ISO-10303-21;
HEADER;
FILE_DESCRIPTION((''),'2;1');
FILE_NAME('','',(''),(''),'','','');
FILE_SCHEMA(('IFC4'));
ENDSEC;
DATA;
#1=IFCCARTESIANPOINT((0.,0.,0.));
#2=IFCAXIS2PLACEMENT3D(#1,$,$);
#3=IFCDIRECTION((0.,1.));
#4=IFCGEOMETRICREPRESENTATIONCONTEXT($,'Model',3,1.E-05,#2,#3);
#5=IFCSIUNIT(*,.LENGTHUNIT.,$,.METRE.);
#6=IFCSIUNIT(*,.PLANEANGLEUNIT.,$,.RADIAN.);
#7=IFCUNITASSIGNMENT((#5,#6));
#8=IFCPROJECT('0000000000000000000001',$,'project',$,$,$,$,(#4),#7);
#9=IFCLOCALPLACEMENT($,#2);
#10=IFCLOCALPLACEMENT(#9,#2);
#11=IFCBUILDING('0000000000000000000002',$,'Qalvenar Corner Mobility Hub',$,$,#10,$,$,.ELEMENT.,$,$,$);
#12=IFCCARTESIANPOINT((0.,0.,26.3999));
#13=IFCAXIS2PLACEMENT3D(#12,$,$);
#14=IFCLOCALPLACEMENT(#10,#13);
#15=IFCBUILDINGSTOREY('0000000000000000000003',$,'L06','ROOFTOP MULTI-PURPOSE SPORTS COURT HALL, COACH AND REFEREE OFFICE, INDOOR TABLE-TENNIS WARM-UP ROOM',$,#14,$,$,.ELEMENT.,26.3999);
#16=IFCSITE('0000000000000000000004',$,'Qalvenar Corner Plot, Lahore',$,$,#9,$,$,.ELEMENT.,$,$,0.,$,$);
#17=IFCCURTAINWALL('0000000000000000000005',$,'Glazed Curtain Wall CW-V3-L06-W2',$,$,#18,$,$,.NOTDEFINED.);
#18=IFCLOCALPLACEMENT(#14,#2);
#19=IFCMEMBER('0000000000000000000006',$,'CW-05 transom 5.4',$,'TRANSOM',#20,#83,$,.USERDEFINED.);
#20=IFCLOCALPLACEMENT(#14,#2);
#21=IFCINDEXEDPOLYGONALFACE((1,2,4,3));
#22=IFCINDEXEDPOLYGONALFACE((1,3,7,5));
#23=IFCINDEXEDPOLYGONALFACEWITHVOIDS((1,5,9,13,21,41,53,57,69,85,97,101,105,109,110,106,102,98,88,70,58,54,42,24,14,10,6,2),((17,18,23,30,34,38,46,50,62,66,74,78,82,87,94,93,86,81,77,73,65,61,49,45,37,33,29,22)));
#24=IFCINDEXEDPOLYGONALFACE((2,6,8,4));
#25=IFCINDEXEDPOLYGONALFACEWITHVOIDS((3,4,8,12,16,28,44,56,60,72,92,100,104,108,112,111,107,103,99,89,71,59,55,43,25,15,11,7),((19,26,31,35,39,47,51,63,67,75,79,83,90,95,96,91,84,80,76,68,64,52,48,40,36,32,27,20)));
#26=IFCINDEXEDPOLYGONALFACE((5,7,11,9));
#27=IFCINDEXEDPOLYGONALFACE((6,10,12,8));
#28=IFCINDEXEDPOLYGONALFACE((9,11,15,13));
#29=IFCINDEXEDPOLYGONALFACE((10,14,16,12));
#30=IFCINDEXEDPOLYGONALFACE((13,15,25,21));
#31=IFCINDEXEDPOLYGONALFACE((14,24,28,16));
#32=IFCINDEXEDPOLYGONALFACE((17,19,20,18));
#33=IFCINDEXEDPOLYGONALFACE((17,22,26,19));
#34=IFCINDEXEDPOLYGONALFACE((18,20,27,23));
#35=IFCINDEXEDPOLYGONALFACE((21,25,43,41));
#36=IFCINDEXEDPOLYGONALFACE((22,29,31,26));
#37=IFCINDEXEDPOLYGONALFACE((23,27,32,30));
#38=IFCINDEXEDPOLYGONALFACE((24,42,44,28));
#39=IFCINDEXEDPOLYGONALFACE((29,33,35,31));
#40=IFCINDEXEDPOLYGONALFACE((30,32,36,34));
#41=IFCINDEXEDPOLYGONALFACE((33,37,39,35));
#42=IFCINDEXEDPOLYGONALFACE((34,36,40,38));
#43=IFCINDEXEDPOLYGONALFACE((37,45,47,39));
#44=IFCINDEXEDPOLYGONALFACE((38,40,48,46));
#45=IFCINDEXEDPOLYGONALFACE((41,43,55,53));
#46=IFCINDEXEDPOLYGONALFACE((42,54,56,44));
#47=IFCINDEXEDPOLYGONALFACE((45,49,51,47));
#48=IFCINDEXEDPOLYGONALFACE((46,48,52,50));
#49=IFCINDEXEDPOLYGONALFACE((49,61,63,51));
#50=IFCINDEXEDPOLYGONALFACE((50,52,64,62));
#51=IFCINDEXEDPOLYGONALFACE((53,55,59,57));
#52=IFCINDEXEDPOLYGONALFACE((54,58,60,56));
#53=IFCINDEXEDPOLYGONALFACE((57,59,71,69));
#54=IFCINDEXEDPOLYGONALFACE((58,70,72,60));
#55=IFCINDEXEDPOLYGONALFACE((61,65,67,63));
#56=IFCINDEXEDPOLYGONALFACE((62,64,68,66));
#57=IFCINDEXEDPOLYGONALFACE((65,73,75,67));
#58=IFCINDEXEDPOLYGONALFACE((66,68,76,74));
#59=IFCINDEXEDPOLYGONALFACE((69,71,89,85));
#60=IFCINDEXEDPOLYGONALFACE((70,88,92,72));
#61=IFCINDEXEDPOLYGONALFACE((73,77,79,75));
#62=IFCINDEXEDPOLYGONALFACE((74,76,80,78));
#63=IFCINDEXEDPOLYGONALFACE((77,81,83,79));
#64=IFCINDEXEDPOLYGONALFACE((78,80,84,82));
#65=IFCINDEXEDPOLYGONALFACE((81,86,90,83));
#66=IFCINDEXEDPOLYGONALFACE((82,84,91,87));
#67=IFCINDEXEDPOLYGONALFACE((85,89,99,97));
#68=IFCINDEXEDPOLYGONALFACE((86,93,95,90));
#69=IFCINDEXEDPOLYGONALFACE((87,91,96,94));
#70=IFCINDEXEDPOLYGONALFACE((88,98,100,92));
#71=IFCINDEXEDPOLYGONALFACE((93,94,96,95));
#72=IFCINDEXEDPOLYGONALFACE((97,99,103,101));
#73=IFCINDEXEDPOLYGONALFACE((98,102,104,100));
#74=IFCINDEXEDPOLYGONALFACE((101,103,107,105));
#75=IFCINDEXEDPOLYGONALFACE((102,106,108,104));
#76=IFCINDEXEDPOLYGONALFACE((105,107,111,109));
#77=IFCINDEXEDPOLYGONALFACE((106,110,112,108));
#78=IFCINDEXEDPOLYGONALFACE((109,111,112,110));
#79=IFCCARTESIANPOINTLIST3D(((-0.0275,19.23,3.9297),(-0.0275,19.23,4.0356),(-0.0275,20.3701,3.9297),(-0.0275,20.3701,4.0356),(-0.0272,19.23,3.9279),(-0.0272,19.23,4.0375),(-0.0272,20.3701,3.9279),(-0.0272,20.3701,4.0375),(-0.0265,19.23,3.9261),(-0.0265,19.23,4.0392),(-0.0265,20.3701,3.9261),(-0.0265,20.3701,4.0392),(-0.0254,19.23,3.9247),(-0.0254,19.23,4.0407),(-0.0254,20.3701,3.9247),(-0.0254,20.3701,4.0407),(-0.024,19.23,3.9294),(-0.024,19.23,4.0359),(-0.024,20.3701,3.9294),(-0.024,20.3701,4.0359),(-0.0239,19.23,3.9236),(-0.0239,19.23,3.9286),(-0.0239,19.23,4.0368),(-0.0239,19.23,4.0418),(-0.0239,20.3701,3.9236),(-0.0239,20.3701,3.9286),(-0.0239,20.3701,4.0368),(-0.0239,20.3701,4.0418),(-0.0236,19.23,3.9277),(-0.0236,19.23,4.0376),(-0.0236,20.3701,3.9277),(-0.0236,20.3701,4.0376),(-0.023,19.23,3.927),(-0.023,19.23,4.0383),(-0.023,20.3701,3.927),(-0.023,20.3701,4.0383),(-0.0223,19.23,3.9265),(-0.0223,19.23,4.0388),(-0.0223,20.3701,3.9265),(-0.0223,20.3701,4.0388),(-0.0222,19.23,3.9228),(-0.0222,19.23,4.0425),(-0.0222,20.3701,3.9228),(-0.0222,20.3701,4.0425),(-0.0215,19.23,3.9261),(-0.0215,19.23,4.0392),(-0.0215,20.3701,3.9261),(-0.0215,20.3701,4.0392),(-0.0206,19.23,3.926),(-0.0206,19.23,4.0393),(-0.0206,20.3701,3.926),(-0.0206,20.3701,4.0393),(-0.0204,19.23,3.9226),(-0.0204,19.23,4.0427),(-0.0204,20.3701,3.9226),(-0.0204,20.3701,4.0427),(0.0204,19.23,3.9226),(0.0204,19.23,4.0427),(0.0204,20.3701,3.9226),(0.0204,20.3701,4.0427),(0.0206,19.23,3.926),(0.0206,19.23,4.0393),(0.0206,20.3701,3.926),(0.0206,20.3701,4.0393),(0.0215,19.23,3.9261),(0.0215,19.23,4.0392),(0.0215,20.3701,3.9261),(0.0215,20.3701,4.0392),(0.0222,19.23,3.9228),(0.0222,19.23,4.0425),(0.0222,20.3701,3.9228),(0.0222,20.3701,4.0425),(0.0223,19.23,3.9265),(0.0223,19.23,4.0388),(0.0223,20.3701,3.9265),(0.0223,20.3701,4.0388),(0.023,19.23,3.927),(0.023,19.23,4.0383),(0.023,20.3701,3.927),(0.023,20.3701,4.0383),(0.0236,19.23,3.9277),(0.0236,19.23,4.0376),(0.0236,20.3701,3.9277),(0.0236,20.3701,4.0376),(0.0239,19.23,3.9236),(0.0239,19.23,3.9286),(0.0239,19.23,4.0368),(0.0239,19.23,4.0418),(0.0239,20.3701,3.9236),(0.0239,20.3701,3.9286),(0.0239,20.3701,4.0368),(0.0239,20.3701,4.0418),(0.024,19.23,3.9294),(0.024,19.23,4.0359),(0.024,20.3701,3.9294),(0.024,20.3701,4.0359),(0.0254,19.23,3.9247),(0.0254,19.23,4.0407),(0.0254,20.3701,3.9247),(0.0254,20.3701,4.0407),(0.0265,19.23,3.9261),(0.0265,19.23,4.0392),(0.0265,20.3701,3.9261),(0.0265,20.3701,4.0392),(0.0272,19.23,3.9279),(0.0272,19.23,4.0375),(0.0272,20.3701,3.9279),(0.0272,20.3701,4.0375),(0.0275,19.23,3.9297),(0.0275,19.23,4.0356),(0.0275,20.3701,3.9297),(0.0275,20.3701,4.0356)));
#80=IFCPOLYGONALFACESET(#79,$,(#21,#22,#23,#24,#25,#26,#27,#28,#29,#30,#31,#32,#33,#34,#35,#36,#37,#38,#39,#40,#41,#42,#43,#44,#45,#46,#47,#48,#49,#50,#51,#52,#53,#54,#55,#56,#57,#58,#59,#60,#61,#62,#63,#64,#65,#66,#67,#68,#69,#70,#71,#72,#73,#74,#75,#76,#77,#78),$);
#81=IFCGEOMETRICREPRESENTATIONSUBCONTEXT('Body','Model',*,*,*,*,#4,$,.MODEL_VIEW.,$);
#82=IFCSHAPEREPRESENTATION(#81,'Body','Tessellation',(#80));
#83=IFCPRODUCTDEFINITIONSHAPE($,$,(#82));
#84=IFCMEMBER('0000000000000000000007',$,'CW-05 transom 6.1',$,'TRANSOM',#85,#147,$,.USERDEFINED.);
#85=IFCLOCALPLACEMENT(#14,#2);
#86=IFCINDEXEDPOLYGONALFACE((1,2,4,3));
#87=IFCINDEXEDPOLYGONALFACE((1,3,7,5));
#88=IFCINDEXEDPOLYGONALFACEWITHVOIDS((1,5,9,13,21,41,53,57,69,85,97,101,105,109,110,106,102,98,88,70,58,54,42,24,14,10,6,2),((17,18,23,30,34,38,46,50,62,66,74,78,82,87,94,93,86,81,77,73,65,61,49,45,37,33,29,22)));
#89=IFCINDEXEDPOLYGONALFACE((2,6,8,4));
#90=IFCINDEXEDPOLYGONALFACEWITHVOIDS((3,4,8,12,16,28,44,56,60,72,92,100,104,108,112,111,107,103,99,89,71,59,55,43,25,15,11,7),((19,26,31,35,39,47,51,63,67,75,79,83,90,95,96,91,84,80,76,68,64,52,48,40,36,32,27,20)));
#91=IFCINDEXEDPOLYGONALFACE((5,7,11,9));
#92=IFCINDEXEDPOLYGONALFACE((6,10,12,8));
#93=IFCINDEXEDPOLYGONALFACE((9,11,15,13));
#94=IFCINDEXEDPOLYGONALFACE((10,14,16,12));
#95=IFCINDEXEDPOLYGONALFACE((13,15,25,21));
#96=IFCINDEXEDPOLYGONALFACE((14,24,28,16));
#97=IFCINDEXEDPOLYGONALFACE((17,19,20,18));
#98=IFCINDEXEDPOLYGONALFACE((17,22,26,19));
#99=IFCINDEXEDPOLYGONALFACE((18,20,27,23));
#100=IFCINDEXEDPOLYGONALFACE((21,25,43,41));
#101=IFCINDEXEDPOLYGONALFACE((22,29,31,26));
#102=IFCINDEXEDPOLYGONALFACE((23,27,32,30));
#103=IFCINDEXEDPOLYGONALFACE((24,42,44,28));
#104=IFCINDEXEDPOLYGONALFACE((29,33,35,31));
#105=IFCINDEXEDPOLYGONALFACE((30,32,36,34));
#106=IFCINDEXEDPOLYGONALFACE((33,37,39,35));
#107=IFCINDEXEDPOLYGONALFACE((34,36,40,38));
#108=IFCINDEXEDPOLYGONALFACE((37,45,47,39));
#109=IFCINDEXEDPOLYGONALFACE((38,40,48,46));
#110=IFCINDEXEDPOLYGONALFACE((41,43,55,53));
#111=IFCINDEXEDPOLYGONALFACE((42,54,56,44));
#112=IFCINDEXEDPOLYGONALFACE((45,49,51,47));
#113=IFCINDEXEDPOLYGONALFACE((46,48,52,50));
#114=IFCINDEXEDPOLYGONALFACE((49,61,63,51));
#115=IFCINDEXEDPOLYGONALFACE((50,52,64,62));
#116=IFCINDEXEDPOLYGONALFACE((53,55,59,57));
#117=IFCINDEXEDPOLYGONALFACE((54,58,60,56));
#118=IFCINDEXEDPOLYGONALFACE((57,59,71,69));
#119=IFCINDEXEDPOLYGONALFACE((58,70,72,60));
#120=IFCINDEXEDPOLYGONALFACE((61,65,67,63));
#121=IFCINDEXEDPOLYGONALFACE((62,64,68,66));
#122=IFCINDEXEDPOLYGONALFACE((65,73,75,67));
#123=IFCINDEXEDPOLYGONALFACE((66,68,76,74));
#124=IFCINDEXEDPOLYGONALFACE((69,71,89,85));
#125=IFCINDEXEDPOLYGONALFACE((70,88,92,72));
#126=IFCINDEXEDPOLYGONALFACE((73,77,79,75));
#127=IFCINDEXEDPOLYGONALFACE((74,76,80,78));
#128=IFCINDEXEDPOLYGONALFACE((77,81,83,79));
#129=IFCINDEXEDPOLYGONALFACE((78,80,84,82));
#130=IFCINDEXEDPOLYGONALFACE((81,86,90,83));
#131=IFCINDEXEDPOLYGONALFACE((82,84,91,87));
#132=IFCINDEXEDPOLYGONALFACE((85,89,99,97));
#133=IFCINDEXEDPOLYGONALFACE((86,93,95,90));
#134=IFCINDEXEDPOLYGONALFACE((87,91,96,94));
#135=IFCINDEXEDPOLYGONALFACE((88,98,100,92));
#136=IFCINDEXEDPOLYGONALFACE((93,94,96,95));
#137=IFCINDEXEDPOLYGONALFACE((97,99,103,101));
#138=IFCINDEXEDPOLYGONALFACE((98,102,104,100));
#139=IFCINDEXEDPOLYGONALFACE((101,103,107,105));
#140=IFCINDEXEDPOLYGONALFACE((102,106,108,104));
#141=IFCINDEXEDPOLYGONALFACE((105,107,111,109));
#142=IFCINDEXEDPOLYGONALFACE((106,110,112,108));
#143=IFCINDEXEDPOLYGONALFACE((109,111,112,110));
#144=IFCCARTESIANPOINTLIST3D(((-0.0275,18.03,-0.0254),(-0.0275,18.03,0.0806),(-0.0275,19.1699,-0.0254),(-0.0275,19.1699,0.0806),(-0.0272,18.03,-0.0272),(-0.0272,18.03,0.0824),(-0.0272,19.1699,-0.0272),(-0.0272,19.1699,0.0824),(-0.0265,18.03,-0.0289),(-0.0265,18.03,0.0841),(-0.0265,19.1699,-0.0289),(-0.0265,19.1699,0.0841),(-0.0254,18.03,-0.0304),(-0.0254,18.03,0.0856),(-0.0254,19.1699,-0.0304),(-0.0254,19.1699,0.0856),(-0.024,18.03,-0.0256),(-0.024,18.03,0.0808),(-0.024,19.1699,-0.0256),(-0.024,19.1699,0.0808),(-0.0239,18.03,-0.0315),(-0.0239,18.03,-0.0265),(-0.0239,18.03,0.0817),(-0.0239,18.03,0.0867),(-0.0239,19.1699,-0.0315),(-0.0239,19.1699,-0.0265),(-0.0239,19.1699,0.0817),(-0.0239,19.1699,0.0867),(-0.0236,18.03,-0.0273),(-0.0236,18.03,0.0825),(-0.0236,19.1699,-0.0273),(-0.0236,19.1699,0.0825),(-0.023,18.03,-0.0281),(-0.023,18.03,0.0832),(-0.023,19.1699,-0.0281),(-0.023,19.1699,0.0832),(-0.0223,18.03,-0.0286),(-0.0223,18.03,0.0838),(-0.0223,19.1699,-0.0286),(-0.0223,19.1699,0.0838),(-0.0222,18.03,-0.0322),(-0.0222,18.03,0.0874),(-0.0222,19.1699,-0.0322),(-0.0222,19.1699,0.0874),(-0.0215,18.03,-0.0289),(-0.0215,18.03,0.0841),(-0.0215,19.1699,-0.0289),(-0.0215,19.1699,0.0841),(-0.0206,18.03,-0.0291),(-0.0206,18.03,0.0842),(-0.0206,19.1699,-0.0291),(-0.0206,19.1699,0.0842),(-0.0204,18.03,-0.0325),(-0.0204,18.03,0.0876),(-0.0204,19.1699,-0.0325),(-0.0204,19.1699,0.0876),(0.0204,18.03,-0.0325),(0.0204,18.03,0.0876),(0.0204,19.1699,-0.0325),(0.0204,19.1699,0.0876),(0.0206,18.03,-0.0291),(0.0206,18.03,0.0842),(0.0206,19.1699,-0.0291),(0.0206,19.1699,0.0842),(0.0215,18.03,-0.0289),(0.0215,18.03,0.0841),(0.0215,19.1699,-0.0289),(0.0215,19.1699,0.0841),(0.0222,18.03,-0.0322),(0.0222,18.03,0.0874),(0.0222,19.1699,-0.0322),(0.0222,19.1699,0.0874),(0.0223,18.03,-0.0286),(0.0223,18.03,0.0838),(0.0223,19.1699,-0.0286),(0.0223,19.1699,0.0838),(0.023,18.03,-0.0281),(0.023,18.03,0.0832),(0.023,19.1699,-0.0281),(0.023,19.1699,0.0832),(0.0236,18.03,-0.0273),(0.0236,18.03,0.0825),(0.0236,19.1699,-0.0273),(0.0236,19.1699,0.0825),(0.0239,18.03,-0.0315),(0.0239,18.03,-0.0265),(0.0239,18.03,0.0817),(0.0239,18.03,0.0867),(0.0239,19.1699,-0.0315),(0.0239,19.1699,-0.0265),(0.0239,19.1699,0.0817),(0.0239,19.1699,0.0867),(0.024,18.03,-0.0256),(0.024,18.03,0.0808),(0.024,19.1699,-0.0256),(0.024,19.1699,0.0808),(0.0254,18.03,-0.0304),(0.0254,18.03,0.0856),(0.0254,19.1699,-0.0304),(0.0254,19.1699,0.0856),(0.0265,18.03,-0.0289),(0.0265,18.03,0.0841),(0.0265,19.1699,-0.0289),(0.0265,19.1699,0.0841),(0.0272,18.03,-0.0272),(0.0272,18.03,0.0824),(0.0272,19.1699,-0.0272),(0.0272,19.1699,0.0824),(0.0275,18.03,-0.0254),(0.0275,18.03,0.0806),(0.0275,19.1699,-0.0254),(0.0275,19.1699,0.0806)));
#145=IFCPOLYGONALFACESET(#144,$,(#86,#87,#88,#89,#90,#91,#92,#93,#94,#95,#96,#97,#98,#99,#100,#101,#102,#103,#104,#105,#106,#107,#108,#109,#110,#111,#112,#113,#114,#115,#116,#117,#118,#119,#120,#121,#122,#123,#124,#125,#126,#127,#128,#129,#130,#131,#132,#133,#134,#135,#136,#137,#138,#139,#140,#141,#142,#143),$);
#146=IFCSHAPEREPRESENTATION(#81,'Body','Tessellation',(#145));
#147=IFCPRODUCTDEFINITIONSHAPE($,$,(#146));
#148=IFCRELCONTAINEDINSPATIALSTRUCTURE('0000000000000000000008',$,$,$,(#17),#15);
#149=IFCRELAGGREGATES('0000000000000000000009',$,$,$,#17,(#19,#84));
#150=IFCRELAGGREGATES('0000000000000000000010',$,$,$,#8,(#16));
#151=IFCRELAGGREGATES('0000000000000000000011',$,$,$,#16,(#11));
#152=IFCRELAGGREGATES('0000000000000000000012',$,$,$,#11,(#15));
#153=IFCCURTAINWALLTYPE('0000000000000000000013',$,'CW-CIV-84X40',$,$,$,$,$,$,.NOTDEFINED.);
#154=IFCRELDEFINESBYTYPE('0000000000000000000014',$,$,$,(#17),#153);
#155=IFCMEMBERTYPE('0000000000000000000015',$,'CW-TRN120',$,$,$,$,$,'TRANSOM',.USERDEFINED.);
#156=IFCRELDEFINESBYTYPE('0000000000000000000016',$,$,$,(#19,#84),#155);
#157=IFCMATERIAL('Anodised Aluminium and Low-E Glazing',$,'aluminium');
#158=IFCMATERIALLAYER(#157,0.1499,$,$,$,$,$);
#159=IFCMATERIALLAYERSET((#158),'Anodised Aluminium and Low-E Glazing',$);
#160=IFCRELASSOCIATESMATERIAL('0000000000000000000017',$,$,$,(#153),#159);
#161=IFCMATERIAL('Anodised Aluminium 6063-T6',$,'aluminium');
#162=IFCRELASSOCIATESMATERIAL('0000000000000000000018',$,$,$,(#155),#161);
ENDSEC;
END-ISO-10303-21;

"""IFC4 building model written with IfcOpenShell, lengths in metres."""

from ifc_helpers import new_model, si_unit, direction, frame, origin, origin_2d, place, context, subcontext, project, spatial, hollow_rectangle, extrude, material, layer, layer_set, material_profile, profile_set, type_object, element, aggregate, save


model = new_model("IFC4")

# Units and contexts
model_context = context("Model", 3, precision=1e-05, world=origin(), true_north=direction((0.0, 1.0)))
body_context = subcontext(model_context, "Body", "Model", "MODEL_VIEW")
ifc_project = project(units=[si_unit("LENGTHUNIT", "METRE"), si_unit("PLANEANGLEUNIT", "RADIAN")], contexts=[model_context])

# Site, building, storey
site_placement = place(None, origin())
site = spatial("IfcSite", under=ifc_project, at=site_placement, Name="Qalvenar Corner Plot, Lahore", CompositionType="ELEMENT", RefElevation=0.0)
building_placement = place(site_placement, origin())
building = spatial("IfcBuilding", under=site, at=building_placement, Name="Qalvenar Corner Mobility Hub", CompositionType="ELEMENT")
storey_placement = place(building_placement, frame((0.0, 0.0, 26.3999)))
storey = spatial("IfcBuildingStorey", under=building, at=storey_placement, Name="L06", Description="ROOFTOP MULTI-PURPOSE SPORTS COURT HALL, COACH AND REFEREE OFFICE, INDOOR TABLE-TENNIS WARM-UP ROOM", CompositionType="ELEMENT", Elevation=26.3999)

# Curtain wall, members
ifc_material_1 = material(Name="Anodised Aluminium and Low-E Glazing", Category="aluminium")
ifc_layer_1 = layer(ifc_material_1, 0.1499)
ifc_layer_set_1 = layer_set([ifc_layer_1], Name="Anodised Aluminium and Low-E Glazing")
curtain_wall_type = type_object("IfcCurtainWallType", Name="CW-CIV-84X40", PredefinedType="NOTDEFINED", material=ifc_layer_set_1)
curtain_wall_placement = place(storey_placement, origin())
curtain_wall = element("IfcCurtainWall", 1, at=curtain_wall_placement, inside=storey, type_object=curtain_wall_type, Name="Glazed Curtain Wall CW-V3-L06-W2", PredefinedType="NOTDEFINED")
ifc_material_2 = material(Name="Anodised Aluminium 6063-T6", Category="aluminium")
ifc_material_profile_1 = material_profile(ifc_material_2, hollow_rectangle(XDim=0.0549, YDim=0.1201, WallThickness=0.0034, InnerFilletRadius=0.0034, OuterFilletRadius=0.0071, at=origin_2d()), Name="RHS120x55x3.5")
ifc_profile_set_1 = profile_set([ifc_material_profile_1], Name="Anodised Aluminium 6063-T6")
member_type_1 = type_object("IfcMemberType", Name="CW-TRN120", ElementType="TRANSOM", PredefinedType="USERDEFINED", material=ifc_profile_set_1)
member_1_placement = place(storey_placement, frame((0.0, 20.3701, 3.9827), z_axis=(0.0, -1.0, 0.0), x_axis=(1.0, 0.0, 0.0)))
member_1 = element("IfcMember", 2, at=member_1_placement, type_object=member_type_1, Name="CW-05 transom 5.4", ObjectType="TRANSOM", PredefinedType="USERDEFINED", context=body_context, shape_type="SweptSolid", body=[
    extrude(hollow_rectangle(XDim=0.0549, YDim=0.1201, WallThickness=0.0034, InnerFilletRadius=0.0034, OuterFilletRadius=0.0071, at=origin_2d()), origin(), (0.0, 0.0, 1.0), 1.1401),
])
member_2_placement = place(storey_placement, frame((0.0, 19.1699, 0.0276), z_axis=(0.0, -1.0, 0.0), x_axis=(1.0, 0.0, 0.0)))
member_2 = element("IfcMember", 3, at=member_2_placement, type_object=member_type_1, Name="CW-05 transom 6.1", ObjectType="TRANSOM", PredefinedType="USERDEFINED", context=body_context, shape_type="SweptSolid", body=[
    extrude(hollow_rectangle(XDim=0.0549, YDim=0.1201, WallThickness=0.0034, InnerFilletRadius=0.0034, OuterFilletRadius=0.0071, at=origin_2d()), origin(), (0.0, 0.0, 1.0), 1.1399),
])

aggregate(curtain_wall, [member_1, member_2])

save(model, "model.ifc")
